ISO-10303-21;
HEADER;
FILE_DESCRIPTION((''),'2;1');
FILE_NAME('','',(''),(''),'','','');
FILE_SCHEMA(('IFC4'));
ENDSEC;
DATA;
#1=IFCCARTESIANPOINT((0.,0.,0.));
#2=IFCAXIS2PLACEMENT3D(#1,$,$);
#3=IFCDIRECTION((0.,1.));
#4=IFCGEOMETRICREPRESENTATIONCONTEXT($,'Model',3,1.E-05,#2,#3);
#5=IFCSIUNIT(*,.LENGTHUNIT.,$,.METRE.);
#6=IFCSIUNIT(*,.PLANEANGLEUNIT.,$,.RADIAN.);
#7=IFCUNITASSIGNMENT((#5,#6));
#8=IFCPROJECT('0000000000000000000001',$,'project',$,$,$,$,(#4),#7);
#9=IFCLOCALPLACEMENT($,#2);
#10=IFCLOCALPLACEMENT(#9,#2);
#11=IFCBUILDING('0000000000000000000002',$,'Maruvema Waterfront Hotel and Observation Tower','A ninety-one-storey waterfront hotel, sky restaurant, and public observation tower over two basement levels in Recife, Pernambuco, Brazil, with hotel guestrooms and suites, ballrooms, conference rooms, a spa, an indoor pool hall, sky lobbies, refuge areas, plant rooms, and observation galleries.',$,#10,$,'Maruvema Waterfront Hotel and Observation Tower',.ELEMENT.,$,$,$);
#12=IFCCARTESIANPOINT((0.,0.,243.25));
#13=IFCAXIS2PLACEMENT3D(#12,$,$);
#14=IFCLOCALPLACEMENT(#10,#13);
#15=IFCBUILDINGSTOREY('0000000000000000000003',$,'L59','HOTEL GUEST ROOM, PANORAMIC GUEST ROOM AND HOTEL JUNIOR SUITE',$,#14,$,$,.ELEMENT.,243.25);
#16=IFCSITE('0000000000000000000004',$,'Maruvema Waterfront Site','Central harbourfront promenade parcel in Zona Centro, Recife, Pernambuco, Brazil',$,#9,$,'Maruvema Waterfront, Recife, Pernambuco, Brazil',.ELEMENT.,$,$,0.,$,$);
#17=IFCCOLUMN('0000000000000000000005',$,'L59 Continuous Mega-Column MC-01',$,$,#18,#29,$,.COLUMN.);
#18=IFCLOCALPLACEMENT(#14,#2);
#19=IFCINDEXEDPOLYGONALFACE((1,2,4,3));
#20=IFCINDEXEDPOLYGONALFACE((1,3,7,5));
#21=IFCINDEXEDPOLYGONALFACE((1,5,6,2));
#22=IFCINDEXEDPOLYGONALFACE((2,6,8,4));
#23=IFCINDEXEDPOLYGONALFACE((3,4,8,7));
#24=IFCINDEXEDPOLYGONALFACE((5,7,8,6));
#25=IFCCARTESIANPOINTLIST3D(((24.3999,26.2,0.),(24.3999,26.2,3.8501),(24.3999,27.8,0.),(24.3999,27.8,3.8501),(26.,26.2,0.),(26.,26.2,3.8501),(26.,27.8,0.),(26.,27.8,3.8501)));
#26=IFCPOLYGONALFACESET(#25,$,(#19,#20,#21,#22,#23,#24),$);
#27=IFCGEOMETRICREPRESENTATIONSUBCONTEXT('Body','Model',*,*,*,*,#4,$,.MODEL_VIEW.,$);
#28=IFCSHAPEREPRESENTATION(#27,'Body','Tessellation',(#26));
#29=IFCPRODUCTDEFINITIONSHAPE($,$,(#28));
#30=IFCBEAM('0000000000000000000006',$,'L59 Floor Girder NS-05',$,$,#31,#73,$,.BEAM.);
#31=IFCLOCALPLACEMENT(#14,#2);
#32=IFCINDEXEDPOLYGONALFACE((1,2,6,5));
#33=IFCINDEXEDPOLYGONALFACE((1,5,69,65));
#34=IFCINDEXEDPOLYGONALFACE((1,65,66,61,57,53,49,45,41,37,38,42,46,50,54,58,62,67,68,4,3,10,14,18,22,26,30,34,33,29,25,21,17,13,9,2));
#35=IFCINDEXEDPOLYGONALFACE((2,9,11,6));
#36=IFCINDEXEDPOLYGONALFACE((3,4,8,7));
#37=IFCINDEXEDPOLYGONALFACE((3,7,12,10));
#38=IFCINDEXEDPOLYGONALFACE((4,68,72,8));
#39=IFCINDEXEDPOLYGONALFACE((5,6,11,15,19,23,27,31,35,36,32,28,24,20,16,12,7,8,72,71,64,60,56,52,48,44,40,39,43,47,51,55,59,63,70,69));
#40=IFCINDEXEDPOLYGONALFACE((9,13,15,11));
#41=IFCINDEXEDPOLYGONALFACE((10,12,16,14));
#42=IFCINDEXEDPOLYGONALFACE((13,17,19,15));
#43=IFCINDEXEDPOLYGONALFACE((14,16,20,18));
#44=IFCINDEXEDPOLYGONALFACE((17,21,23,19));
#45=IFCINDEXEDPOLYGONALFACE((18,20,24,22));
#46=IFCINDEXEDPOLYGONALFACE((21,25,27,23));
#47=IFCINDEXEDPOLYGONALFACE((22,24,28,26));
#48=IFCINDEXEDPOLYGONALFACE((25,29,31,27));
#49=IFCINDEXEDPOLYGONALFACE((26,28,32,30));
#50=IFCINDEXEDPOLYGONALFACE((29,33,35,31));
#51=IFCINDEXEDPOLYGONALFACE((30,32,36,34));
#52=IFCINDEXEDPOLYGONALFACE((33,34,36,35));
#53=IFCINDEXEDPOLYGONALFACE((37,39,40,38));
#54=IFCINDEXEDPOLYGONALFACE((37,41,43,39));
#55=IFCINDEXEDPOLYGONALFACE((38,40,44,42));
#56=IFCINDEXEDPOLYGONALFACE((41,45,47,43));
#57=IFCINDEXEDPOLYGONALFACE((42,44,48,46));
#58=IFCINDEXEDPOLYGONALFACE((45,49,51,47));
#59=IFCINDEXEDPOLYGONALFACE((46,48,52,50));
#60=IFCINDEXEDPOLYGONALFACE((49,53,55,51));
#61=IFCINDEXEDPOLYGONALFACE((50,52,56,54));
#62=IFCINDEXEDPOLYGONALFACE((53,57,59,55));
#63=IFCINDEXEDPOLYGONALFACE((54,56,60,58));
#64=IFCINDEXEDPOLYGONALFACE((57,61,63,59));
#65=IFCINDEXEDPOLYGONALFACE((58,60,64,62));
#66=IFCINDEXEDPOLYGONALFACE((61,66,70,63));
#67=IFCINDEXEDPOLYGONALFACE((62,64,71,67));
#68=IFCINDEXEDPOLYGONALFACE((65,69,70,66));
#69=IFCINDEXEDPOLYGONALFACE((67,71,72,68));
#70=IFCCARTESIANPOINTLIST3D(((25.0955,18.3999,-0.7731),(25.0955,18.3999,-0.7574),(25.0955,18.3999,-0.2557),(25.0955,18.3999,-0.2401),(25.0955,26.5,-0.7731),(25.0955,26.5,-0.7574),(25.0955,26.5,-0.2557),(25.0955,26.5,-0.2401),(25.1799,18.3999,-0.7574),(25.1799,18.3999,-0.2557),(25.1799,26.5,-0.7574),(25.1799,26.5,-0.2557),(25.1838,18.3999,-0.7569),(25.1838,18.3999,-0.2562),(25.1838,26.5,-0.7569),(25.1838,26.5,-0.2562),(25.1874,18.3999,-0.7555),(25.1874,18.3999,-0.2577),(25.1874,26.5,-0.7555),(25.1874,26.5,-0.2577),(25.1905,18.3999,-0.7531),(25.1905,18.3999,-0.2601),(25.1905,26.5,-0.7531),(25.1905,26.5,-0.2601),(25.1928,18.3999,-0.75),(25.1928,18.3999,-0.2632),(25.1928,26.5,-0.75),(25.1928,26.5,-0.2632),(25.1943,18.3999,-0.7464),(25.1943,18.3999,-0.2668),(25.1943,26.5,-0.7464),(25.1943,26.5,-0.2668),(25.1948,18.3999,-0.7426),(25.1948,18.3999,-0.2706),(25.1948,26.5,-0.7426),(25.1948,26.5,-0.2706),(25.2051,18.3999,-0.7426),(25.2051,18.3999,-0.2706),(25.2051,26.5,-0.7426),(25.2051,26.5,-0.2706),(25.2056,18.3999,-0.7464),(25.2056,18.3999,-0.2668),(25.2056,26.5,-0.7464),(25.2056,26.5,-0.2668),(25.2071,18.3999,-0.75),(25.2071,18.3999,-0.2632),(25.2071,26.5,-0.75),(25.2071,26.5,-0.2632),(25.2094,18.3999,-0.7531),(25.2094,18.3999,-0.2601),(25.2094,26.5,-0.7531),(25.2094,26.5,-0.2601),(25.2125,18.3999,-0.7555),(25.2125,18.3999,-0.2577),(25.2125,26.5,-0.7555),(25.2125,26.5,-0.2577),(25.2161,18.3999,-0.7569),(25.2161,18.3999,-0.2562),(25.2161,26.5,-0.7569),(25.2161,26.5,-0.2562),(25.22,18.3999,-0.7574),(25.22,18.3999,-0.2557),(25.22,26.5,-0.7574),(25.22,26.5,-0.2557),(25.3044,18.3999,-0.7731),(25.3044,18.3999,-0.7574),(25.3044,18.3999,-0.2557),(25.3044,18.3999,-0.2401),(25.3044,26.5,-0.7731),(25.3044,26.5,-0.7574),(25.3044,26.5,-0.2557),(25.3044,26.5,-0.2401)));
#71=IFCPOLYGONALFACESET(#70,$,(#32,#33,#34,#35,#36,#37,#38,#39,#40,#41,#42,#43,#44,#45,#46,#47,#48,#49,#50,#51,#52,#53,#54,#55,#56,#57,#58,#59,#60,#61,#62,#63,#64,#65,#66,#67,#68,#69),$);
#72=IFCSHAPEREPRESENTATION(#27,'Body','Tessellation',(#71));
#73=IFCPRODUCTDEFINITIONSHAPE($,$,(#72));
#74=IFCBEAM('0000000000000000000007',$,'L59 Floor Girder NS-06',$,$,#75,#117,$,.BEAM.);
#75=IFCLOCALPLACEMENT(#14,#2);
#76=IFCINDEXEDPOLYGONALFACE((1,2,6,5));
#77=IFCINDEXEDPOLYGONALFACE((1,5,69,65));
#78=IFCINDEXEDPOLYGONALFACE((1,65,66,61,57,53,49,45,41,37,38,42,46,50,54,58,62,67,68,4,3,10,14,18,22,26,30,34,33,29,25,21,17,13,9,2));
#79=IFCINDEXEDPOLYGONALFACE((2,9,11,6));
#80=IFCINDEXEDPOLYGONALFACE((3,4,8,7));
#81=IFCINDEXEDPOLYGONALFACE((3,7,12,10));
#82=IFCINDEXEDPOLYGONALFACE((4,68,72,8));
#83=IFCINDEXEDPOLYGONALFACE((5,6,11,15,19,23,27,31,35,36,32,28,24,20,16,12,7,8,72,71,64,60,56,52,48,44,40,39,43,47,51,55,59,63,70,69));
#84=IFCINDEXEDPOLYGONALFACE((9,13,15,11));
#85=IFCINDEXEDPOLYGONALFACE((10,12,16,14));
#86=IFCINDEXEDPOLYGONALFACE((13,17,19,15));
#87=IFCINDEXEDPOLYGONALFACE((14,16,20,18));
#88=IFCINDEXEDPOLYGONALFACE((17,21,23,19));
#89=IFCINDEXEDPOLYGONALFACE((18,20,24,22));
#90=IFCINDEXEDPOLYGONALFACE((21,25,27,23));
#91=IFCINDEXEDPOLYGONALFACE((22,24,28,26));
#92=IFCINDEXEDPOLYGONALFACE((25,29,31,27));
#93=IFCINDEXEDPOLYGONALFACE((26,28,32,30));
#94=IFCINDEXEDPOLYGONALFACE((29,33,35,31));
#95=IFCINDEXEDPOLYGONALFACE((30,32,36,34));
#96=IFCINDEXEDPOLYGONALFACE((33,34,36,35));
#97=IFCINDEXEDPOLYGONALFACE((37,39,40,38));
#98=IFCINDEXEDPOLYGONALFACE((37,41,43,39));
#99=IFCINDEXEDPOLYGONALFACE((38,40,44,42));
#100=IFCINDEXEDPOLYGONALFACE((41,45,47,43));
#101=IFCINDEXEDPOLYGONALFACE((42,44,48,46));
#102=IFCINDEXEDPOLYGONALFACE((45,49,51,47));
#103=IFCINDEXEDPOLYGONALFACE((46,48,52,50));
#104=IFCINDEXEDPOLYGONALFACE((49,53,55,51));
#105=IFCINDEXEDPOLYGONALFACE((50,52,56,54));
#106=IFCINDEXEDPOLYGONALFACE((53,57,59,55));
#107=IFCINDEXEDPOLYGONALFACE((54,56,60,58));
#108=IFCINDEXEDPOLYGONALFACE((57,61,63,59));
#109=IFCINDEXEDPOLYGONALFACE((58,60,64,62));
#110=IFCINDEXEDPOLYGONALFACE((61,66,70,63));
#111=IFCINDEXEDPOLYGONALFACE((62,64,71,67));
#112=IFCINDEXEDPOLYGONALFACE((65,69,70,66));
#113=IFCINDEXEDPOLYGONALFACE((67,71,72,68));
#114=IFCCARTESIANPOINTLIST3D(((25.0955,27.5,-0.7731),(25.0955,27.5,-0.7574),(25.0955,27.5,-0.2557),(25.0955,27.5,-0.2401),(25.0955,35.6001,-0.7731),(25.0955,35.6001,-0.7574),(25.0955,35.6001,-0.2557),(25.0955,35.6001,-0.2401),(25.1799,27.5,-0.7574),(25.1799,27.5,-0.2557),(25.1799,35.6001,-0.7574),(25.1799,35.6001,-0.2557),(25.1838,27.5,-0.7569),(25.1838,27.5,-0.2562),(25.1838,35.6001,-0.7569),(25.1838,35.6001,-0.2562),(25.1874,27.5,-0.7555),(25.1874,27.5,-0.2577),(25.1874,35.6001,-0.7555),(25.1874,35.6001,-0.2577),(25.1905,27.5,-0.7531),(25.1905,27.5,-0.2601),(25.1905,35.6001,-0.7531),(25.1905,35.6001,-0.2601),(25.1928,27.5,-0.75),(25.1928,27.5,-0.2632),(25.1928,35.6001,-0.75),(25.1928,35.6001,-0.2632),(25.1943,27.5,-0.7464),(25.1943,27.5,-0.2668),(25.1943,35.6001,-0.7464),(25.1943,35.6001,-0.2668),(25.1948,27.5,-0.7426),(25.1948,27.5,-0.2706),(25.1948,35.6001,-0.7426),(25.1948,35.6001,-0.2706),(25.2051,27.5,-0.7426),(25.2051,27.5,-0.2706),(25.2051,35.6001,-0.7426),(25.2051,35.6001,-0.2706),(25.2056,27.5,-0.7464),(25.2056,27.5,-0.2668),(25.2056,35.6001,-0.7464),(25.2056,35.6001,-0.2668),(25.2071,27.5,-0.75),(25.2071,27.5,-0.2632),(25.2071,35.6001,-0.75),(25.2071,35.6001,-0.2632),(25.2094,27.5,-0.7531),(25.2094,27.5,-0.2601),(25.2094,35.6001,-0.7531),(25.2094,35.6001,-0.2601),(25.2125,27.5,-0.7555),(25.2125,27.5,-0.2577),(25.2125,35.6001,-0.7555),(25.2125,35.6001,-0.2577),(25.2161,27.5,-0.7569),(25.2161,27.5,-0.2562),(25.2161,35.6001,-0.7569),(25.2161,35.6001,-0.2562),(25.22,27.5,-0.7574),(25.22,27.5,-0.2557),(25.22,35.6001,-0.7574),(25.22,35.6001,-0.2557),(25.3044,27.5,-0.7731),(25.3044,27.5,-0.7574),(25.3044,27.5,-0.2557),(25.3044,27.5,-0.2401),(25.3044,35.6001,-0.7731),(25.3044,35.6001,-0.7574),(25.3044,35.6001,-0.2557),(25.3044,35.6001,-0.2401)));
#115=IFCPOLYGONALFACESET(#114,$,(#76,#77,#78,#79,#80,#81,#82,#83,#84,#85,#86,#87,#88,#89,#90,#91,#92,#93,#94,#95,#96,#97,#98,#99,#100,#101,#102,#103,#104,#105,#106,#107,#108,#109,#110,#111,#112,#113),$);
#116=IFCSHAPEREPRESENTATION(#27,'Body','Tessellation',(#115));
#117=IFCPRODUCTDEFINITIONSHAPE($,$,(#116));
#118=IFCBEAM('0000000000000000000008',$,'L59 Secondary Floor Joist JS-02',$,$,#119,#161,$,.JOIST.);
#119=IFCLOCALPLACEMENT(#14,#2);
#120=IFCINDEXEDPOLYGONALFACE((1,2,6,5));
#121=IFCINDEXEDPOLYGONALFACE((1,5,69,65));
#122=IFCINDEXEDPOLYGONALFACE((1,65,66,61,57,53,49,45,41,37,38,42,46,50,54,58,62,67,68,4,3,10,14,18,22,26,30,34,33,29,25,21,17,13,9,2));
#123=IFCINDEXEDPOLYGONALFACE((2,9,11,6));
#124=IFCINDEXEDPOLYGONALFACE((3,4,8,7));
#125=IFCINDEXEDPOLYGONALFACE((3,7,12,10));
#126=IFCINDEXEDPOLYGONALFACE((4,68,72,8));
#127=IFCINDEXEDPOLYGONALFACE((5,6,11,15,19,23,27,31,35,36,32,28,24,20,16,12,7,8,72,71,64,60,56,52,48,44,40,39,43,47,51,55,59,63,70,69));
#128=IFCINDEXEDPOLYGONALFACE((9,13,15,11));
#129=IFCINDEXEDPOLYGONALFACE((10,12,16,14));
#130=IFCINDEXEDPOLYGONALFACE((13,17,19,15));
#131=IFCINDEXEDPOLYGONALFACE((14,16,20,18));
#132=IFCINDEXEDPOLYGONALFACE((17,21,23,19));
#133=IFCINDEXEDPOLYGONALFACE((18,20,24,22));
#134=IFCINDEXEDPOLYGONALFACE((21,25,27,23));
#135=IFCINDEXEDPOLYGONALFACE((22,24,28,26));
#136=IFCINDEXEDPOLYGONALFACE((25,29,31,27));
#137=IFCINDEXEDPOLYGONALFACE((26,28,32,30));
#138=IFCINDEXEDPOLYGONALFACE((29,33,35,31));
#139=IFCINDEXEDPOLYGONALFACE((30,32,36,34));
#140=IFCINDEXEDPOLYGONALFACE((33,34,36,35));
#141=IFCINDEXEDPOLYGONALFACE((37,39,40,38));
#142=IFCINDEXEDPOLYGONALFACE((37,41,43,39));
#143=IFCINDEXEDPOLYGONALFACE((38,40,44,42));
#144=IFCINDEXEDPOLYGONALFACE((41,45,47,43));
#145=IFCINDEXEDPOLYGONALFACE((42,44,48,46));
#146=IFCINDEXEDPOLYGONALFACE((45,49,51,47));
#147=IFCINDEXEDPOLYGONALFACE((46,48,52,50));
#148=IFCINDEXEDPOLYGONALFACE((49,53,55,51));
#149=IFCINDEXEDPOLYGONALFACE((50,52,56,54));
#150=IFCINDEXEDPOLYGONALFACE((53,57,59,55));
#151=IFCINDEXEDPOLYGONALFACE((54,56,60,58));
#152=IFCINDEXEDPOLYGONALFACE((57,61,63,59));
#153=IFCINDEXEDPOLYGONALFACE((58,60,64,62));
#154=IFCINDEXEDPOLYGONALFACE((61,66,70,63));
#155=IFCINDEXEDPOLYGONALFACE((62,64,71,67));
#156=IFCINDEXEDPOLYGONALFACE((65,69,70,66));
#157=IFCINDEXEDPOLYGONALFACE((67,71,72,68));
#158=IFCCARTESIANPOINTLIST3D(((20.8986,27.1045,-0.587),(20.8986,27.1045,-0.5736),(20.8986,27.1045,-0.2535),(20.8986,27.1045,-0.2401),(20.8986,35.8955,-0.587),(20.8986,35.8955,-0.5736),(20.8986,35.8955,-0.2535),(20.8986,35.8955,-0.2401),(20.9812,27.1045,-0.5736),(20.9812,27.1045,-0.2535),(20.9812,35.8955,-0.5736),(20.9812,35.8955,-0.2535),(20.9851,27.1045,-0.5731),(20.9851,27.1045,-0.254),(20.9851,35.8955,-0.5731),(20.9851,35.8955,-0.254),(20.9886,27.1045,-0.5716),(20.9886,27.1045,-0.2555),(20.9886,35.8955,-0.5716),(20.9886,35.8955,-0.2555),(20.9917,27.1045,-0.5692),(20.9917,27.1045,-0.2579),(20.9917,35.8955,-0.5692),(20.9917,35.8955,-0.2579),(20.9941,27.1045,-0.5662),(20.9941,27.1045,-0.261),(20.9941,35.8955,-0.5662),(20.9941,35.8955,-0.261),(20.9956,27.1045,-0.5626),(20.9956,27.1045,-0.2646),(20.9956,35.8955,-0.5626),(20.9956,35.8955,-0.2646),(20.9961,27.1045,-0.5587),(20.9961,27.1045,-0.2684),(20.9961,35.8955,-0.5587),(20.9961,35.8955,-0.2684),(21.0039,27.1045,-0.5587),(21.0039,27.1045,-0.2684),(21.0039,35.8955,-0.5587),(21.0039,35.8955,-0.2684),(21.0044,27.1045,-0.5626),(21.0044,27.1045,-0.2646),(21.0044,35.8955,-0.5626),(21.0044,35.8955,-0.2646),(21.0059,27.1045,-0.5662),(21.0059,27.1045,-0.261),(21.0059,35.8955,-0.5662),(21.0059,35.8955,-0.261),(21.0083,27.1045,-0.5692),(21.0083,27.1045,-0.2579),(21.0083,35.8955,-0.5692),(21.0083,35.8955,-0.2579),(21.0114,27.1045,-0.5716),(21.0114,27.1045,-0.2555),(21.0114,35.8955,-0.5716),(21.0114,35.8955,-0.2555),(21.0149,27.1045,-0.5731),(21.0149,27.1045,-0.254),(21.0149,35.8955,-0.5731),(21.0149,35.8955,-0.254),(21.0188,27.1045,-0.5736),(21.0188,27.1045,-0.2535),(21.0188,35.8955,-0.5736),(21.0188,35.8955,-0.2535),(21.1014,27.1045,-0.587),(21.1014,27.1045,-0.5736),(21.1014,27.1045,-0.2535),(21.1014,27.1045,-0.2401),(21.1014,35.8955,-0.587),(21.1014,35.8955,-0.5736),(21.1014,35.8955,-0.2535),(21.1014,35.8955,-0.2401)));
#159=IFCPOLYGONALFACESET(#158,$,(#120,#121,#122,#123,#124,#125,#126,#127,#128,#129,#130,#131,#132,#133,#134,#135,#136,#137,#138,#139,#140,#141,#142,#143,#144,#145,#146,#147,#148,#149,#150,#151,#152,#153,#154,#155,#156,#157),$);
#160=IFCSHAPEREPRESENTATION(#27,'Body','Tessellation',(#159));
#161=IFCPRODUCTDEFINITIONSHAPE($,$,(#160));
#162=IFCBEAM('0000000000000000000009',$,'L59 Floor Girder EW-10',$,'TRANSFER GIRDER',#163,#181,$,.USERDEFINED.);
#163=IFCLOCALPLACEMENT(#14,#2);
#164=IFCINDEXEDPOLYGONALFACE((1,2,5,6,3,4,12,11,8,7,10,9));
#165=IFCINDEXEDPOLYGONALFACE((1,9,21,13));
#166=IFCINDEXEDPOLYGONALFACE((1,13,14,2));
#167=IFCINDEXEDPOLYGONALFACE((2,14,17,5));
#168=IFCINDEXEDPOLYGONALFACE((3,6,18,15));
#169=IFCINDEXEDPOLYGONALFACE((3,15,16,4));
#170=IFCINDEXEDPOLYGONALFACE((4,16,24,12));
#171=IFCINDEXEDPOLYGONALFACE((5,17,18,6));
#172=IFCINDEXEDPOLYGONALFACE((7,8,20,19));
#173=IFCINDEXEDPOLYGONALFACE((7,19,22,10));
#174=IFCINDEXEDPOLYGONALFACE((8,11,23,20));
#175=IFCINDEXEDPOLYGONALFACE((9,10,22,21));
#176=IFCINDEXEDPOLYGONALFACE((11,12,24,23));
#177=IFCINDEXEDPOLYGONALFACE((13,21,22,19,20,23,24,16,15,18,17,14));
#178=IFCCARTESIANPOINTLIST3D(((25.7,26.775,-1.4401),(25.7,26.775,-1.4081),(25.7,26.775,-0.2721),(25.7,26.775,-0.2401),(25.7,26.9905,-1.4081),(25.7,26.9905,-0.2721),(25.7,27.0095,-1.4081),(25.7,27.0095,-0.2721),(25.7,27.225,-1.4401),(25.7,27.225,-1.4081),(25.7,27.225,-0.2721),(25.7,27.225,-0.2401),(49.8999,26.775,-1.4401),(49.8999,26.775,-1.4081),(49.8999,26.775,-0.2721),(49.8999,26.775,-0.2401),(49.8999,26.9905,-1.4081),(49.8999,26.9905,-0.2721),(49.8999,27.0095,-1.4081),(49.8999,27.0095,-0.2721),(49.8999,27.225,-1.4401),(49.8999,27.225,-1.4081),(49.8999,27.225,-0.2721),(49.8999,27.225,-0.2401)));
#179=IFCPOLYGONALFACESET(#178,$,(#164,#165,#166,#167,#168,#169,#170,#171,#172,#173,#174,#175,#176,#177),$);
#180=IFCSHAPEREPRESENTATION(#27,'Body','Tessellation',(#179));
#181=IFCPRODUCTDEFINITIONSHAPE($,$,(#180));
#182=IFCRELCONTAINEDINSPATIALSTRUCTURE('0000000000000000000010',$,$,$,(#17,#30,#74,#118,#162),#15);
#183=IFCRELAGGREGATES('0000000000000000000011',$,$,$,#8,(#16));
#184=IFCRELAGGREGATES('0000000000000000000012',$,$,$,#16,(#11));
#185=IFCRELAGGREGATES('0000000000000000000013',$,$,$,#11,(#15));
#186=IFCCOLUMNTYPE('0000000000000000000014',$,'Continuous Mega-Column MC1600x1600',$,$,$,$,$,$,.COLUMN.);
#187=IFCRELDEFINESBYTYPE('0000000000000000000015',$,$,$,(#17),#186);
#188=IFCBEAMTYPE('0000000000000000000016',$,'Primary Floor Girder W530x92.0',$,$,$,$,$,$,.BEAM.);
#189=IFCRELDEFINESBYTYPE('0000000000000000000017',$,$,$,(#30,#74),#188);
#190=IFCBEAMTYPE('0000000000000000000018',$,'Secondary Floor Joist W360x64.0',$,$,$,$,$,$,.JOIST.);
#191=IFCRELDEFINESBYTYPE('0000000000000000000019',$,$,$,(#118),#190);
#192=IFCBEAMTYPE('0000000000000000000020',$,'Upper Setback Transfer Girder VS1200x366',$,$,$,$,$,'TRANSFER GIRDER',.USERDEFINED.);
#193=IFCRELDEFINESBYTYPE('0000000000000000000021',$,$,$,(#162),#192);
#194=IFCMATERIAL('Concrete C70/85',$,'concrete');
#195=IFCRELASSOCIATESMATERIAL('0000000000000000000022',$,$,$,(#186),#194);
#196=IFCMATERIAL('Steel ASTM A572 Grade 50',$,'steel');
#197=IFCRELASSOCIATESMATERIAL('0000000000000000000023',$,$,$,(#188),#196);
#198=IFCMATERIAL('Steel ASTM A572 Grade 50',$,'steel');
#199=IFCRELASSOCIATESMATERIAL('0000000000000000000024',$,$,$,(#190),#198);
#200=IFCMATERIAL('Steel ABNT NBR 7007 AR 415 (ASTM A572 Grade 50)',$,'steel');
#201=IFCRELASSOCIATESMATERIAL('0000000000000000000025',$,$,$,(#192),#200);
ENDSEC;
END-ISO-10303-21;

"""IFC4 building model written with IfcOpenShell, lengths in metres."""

from ifc_helpers import new_model, si_unit, direction, frame, origin, origin_2d, place, context, subcontext, project, spatial, rectangle, i_section, extrude, material, material_profile, profile_set, type_object, element, save


model = new_model("IFC4")

# Units and contexts
model_context = context("Model", 3, precision=1e-05, world=origin(), true_north=direction((0.0, 1.0)))
body_context = subcontext(model_context, "Body", "Model", "MODEL_VIEW")
ifc_project = project(units=[si_unit("LENGTHUNIT", "METRE"), si_unit("PLANEANGLEUNIT", "RADIAN")], contexts=[model_context])

# Site, building, storey
site_placement = place(None, origin())
site = spatial("IfcSite", under=ifc_project, at=site_placement, Name="Maruvema Waterfront Site", Description="Central harbourfront promenade parcel in Zona Centro, Recife, Pernambuco, Brazil", LongName="Maruvema Waterfront, Recife, Pernambuco, Brazil", CompositionType="ELEMENT", RefElevation=0.0)
building_placement = place(site_placement, origin())
building = spatial("IfcBuilding", under=site, at=building_placement, Name="Maruvema Waterfront Hotel and Observation Tower", Description="A ninety-one-storey waterfront hotel, sky restaurant, and public observation tower over two basement levels in Recife, Pernambuco, Brazil, with hotel guestrooms and suites, ballrooms, conference rooms, a spa, an indoor pool hall, sky lobbies, refuge areas, plant rooms, and observation galleries.", LongName="Maruvema Waterfront Hotel and Observation Tower", CompositionType="ELEMENT")
storey_placement = place(building_placement, frame((0.0, 0.0, 243.25)))
storey = spatial("IfcBuildingStorey", under=building, at=storey_placement, Name="L59", Description="HOTEL GUEST ROOM, PANORAMIC GUEST ROOM AND HOTEL JUNIOR SUITE", CompositionType="ELEMENT", Elevation=243.25)

# Column
ifc_material_1 = material(Name="Concrete C70/85", Category="concrete")
ifc_material_profile_1 = material_profile(ifc_material_1, rectangle(XDim=1.6001, YDim=1.6001, at=origin_2d()), Name="MC1600x1600")
ifc_profile_set_1 = profile_set([ifc_material_profile_1], Name="Concrete C70/85")
column_type = type_object("IfcColumnType", Name="Continuous Mega-Column MC1600x1600", PredefinedType="COLUMN", material=ifc_profile_set_1)
column_placement = place(storey_placement, frame((25.2, 27.0, 0.0), z_axis=(0.0, 0.0, 1.0), x_axis=(1.0, 0.0, 0.0)))
element("IfcColumn", 1, at=column_placement, inside=storey, type_object=column_type, Name="L59 Continuous Mega-Column MC-01", PredefinedType="COLUMN", context=body_context, shape_type="SweptSolid", body=[
    extrude(rectangle(XDim=1.6001, YDim=1.6001, at=origin_2d()), origin(), (0.0, 0.0, 1.0), 3.8501),
])

# Beams
ifc_material_2 = material(Name="Steel ASTM A572 Grade 50", Category="steel")
ifc_material_profile_2 = material_profile(ifc_material_2, i_section(OverallWidth=0.209, OverallDepth=0.533, WebThickness=0.0103, FlangeThickness=0.0156, FilletRadius=0.0149, at=origin_2d()), Name="W530x92.0")
ifc_profile_set_2 = profile_set([ifc_material_profile_2], Name="Steel ASTM A572 Grade 50")
beam_type_1 = type_object("IfcBeamType", Name="Primary Floor Girder W530x92.0", PredefinedType="BEAM", material=ifc_profile_set_2)
for number, where, z_axis, x_axis, name in (
    (2, (25.2, 18.3999, -0.5066), (0.0, 1.0, 0.0), (-1.0, 0.0, 0.0), "L59 Floor Girder NS-05"),
    (3, (25.2, 27.5, -0.5066), (0.0, 1.0, 0.0), (-1.0, 0.0, 0.0), "L59 Floor Girder NS-06"),
):
    element("IfcBeam", number, at=place(storey_placement, frame(where, z_axis=z_axis, x_axis=x_axis)), inside=storey, type_object=beam_type_1, Name=name, PredefinedType="BEAM", context=body_context, shape_type="SweptSolid", body=[
        extrude(i_section(OverallWidth=0.209, OverallDepth=0.533, WebThickness=0.0103, FlangeThickness=0.0156, FilletRadius=0.0149, at=origin_2d()), origin(), (0.0, 0.0, 1.0), 8.1001),
    ])
ifc_material_3 = material(Name="Steel ASTM A572 Grade 50", Category="steel")
ifc_material_profile_3 = material_profile(ifc_material_3, i_section(OverallWidth=0.2029, OverallDepth=0.3469, WebThickness=0.0078, FlangeThickness=0.0134, FilletRadius=0.0149, at=origin_2d()), Name="W360x64.0")
ifc_profile_set_3 = profile_set([ifc_material_profile_3], Name="Steel ASTM A572 Grade 50")
beam_type_2 = type_object("IfcBeamType", Name="Secondary Floor Joist W360x64.0", PredefinedType="JOIST", material=ifc_profile_set_3)
beam_1_placement = place(storey_placement, frame((21.0, 27.1045, -0.4136), z_axis=(0.0, 1.0, 0.0), x_axis=(-1.0, 0.0, 0.0)))
element("IfcBeam", 4, at=beam_1_placement, inside=storey, type_object=beam_type_2, Name="L59 Secondary Floor Joist JS-02", PredefinedType="JOIST", context=body_context, shape_type="SweptSolid", body=[
    extrude(i_section(OverallWidth=0.2029, OverallDepth=0.3469, WebThickness=0.0078, FlangeThickness=0.0134, FilletRadius=0.0149, at=origin_2d()), origin(), (0.0, 0.0, 1.0), 8.791),
])
ifc_material_4 = material(Name="Steel ABNT NBR 7007 AR 415 (ASTM A572 Grade 50)", Category="steel")
ifc_material_profile_4 = material_profile(ifc_material_4, i_section(OverallWidth=0.45, OverallDepth=1.2, WebThickness=0.019, FlangeThickness=0.032, at=origin_2d()), Name="VS1200x366")
ifc_profile_set_4 = profile_set([ifc_material_profile_4], Name="Steel ABNT NBR 7007 AR 415 (ASTM A572 Grade 50)")
beam_type_3 = type_object("IfcBeamType", Name="Upper Setback Transfer Girder VS1200x366", ElementType="TRANSFER GIRDER", PredefinedType="USERDEFINED", material=ifc_profile_set_4)
beam_2_placement = place(storey_placement, frame((25.7, 27.0, -0.8401), z_axis=(1.0, 0.0, 0.0), x_axis=(0.0, 1.0, 0.0)))
element("IfcBeam", 5, at=beam_2_placement, inside=storey, type_object=beam_type_3, Name="L59 Floor Girder EW-10", ObjectType="TRANSFER GIRDER", PredefinedType="USERDEFINED", context=body_context, shape_type="SweptSolid", body=[
    extrude(i_section(OverallWidth=0.45, OverallDepth=1.2, WebThickness=0.019, FlangeThickness=0.032, at=origin_2d()), origin(), (0.0, 0.0, 1.0), 24.2),
])

save(model, "model.ifc")
